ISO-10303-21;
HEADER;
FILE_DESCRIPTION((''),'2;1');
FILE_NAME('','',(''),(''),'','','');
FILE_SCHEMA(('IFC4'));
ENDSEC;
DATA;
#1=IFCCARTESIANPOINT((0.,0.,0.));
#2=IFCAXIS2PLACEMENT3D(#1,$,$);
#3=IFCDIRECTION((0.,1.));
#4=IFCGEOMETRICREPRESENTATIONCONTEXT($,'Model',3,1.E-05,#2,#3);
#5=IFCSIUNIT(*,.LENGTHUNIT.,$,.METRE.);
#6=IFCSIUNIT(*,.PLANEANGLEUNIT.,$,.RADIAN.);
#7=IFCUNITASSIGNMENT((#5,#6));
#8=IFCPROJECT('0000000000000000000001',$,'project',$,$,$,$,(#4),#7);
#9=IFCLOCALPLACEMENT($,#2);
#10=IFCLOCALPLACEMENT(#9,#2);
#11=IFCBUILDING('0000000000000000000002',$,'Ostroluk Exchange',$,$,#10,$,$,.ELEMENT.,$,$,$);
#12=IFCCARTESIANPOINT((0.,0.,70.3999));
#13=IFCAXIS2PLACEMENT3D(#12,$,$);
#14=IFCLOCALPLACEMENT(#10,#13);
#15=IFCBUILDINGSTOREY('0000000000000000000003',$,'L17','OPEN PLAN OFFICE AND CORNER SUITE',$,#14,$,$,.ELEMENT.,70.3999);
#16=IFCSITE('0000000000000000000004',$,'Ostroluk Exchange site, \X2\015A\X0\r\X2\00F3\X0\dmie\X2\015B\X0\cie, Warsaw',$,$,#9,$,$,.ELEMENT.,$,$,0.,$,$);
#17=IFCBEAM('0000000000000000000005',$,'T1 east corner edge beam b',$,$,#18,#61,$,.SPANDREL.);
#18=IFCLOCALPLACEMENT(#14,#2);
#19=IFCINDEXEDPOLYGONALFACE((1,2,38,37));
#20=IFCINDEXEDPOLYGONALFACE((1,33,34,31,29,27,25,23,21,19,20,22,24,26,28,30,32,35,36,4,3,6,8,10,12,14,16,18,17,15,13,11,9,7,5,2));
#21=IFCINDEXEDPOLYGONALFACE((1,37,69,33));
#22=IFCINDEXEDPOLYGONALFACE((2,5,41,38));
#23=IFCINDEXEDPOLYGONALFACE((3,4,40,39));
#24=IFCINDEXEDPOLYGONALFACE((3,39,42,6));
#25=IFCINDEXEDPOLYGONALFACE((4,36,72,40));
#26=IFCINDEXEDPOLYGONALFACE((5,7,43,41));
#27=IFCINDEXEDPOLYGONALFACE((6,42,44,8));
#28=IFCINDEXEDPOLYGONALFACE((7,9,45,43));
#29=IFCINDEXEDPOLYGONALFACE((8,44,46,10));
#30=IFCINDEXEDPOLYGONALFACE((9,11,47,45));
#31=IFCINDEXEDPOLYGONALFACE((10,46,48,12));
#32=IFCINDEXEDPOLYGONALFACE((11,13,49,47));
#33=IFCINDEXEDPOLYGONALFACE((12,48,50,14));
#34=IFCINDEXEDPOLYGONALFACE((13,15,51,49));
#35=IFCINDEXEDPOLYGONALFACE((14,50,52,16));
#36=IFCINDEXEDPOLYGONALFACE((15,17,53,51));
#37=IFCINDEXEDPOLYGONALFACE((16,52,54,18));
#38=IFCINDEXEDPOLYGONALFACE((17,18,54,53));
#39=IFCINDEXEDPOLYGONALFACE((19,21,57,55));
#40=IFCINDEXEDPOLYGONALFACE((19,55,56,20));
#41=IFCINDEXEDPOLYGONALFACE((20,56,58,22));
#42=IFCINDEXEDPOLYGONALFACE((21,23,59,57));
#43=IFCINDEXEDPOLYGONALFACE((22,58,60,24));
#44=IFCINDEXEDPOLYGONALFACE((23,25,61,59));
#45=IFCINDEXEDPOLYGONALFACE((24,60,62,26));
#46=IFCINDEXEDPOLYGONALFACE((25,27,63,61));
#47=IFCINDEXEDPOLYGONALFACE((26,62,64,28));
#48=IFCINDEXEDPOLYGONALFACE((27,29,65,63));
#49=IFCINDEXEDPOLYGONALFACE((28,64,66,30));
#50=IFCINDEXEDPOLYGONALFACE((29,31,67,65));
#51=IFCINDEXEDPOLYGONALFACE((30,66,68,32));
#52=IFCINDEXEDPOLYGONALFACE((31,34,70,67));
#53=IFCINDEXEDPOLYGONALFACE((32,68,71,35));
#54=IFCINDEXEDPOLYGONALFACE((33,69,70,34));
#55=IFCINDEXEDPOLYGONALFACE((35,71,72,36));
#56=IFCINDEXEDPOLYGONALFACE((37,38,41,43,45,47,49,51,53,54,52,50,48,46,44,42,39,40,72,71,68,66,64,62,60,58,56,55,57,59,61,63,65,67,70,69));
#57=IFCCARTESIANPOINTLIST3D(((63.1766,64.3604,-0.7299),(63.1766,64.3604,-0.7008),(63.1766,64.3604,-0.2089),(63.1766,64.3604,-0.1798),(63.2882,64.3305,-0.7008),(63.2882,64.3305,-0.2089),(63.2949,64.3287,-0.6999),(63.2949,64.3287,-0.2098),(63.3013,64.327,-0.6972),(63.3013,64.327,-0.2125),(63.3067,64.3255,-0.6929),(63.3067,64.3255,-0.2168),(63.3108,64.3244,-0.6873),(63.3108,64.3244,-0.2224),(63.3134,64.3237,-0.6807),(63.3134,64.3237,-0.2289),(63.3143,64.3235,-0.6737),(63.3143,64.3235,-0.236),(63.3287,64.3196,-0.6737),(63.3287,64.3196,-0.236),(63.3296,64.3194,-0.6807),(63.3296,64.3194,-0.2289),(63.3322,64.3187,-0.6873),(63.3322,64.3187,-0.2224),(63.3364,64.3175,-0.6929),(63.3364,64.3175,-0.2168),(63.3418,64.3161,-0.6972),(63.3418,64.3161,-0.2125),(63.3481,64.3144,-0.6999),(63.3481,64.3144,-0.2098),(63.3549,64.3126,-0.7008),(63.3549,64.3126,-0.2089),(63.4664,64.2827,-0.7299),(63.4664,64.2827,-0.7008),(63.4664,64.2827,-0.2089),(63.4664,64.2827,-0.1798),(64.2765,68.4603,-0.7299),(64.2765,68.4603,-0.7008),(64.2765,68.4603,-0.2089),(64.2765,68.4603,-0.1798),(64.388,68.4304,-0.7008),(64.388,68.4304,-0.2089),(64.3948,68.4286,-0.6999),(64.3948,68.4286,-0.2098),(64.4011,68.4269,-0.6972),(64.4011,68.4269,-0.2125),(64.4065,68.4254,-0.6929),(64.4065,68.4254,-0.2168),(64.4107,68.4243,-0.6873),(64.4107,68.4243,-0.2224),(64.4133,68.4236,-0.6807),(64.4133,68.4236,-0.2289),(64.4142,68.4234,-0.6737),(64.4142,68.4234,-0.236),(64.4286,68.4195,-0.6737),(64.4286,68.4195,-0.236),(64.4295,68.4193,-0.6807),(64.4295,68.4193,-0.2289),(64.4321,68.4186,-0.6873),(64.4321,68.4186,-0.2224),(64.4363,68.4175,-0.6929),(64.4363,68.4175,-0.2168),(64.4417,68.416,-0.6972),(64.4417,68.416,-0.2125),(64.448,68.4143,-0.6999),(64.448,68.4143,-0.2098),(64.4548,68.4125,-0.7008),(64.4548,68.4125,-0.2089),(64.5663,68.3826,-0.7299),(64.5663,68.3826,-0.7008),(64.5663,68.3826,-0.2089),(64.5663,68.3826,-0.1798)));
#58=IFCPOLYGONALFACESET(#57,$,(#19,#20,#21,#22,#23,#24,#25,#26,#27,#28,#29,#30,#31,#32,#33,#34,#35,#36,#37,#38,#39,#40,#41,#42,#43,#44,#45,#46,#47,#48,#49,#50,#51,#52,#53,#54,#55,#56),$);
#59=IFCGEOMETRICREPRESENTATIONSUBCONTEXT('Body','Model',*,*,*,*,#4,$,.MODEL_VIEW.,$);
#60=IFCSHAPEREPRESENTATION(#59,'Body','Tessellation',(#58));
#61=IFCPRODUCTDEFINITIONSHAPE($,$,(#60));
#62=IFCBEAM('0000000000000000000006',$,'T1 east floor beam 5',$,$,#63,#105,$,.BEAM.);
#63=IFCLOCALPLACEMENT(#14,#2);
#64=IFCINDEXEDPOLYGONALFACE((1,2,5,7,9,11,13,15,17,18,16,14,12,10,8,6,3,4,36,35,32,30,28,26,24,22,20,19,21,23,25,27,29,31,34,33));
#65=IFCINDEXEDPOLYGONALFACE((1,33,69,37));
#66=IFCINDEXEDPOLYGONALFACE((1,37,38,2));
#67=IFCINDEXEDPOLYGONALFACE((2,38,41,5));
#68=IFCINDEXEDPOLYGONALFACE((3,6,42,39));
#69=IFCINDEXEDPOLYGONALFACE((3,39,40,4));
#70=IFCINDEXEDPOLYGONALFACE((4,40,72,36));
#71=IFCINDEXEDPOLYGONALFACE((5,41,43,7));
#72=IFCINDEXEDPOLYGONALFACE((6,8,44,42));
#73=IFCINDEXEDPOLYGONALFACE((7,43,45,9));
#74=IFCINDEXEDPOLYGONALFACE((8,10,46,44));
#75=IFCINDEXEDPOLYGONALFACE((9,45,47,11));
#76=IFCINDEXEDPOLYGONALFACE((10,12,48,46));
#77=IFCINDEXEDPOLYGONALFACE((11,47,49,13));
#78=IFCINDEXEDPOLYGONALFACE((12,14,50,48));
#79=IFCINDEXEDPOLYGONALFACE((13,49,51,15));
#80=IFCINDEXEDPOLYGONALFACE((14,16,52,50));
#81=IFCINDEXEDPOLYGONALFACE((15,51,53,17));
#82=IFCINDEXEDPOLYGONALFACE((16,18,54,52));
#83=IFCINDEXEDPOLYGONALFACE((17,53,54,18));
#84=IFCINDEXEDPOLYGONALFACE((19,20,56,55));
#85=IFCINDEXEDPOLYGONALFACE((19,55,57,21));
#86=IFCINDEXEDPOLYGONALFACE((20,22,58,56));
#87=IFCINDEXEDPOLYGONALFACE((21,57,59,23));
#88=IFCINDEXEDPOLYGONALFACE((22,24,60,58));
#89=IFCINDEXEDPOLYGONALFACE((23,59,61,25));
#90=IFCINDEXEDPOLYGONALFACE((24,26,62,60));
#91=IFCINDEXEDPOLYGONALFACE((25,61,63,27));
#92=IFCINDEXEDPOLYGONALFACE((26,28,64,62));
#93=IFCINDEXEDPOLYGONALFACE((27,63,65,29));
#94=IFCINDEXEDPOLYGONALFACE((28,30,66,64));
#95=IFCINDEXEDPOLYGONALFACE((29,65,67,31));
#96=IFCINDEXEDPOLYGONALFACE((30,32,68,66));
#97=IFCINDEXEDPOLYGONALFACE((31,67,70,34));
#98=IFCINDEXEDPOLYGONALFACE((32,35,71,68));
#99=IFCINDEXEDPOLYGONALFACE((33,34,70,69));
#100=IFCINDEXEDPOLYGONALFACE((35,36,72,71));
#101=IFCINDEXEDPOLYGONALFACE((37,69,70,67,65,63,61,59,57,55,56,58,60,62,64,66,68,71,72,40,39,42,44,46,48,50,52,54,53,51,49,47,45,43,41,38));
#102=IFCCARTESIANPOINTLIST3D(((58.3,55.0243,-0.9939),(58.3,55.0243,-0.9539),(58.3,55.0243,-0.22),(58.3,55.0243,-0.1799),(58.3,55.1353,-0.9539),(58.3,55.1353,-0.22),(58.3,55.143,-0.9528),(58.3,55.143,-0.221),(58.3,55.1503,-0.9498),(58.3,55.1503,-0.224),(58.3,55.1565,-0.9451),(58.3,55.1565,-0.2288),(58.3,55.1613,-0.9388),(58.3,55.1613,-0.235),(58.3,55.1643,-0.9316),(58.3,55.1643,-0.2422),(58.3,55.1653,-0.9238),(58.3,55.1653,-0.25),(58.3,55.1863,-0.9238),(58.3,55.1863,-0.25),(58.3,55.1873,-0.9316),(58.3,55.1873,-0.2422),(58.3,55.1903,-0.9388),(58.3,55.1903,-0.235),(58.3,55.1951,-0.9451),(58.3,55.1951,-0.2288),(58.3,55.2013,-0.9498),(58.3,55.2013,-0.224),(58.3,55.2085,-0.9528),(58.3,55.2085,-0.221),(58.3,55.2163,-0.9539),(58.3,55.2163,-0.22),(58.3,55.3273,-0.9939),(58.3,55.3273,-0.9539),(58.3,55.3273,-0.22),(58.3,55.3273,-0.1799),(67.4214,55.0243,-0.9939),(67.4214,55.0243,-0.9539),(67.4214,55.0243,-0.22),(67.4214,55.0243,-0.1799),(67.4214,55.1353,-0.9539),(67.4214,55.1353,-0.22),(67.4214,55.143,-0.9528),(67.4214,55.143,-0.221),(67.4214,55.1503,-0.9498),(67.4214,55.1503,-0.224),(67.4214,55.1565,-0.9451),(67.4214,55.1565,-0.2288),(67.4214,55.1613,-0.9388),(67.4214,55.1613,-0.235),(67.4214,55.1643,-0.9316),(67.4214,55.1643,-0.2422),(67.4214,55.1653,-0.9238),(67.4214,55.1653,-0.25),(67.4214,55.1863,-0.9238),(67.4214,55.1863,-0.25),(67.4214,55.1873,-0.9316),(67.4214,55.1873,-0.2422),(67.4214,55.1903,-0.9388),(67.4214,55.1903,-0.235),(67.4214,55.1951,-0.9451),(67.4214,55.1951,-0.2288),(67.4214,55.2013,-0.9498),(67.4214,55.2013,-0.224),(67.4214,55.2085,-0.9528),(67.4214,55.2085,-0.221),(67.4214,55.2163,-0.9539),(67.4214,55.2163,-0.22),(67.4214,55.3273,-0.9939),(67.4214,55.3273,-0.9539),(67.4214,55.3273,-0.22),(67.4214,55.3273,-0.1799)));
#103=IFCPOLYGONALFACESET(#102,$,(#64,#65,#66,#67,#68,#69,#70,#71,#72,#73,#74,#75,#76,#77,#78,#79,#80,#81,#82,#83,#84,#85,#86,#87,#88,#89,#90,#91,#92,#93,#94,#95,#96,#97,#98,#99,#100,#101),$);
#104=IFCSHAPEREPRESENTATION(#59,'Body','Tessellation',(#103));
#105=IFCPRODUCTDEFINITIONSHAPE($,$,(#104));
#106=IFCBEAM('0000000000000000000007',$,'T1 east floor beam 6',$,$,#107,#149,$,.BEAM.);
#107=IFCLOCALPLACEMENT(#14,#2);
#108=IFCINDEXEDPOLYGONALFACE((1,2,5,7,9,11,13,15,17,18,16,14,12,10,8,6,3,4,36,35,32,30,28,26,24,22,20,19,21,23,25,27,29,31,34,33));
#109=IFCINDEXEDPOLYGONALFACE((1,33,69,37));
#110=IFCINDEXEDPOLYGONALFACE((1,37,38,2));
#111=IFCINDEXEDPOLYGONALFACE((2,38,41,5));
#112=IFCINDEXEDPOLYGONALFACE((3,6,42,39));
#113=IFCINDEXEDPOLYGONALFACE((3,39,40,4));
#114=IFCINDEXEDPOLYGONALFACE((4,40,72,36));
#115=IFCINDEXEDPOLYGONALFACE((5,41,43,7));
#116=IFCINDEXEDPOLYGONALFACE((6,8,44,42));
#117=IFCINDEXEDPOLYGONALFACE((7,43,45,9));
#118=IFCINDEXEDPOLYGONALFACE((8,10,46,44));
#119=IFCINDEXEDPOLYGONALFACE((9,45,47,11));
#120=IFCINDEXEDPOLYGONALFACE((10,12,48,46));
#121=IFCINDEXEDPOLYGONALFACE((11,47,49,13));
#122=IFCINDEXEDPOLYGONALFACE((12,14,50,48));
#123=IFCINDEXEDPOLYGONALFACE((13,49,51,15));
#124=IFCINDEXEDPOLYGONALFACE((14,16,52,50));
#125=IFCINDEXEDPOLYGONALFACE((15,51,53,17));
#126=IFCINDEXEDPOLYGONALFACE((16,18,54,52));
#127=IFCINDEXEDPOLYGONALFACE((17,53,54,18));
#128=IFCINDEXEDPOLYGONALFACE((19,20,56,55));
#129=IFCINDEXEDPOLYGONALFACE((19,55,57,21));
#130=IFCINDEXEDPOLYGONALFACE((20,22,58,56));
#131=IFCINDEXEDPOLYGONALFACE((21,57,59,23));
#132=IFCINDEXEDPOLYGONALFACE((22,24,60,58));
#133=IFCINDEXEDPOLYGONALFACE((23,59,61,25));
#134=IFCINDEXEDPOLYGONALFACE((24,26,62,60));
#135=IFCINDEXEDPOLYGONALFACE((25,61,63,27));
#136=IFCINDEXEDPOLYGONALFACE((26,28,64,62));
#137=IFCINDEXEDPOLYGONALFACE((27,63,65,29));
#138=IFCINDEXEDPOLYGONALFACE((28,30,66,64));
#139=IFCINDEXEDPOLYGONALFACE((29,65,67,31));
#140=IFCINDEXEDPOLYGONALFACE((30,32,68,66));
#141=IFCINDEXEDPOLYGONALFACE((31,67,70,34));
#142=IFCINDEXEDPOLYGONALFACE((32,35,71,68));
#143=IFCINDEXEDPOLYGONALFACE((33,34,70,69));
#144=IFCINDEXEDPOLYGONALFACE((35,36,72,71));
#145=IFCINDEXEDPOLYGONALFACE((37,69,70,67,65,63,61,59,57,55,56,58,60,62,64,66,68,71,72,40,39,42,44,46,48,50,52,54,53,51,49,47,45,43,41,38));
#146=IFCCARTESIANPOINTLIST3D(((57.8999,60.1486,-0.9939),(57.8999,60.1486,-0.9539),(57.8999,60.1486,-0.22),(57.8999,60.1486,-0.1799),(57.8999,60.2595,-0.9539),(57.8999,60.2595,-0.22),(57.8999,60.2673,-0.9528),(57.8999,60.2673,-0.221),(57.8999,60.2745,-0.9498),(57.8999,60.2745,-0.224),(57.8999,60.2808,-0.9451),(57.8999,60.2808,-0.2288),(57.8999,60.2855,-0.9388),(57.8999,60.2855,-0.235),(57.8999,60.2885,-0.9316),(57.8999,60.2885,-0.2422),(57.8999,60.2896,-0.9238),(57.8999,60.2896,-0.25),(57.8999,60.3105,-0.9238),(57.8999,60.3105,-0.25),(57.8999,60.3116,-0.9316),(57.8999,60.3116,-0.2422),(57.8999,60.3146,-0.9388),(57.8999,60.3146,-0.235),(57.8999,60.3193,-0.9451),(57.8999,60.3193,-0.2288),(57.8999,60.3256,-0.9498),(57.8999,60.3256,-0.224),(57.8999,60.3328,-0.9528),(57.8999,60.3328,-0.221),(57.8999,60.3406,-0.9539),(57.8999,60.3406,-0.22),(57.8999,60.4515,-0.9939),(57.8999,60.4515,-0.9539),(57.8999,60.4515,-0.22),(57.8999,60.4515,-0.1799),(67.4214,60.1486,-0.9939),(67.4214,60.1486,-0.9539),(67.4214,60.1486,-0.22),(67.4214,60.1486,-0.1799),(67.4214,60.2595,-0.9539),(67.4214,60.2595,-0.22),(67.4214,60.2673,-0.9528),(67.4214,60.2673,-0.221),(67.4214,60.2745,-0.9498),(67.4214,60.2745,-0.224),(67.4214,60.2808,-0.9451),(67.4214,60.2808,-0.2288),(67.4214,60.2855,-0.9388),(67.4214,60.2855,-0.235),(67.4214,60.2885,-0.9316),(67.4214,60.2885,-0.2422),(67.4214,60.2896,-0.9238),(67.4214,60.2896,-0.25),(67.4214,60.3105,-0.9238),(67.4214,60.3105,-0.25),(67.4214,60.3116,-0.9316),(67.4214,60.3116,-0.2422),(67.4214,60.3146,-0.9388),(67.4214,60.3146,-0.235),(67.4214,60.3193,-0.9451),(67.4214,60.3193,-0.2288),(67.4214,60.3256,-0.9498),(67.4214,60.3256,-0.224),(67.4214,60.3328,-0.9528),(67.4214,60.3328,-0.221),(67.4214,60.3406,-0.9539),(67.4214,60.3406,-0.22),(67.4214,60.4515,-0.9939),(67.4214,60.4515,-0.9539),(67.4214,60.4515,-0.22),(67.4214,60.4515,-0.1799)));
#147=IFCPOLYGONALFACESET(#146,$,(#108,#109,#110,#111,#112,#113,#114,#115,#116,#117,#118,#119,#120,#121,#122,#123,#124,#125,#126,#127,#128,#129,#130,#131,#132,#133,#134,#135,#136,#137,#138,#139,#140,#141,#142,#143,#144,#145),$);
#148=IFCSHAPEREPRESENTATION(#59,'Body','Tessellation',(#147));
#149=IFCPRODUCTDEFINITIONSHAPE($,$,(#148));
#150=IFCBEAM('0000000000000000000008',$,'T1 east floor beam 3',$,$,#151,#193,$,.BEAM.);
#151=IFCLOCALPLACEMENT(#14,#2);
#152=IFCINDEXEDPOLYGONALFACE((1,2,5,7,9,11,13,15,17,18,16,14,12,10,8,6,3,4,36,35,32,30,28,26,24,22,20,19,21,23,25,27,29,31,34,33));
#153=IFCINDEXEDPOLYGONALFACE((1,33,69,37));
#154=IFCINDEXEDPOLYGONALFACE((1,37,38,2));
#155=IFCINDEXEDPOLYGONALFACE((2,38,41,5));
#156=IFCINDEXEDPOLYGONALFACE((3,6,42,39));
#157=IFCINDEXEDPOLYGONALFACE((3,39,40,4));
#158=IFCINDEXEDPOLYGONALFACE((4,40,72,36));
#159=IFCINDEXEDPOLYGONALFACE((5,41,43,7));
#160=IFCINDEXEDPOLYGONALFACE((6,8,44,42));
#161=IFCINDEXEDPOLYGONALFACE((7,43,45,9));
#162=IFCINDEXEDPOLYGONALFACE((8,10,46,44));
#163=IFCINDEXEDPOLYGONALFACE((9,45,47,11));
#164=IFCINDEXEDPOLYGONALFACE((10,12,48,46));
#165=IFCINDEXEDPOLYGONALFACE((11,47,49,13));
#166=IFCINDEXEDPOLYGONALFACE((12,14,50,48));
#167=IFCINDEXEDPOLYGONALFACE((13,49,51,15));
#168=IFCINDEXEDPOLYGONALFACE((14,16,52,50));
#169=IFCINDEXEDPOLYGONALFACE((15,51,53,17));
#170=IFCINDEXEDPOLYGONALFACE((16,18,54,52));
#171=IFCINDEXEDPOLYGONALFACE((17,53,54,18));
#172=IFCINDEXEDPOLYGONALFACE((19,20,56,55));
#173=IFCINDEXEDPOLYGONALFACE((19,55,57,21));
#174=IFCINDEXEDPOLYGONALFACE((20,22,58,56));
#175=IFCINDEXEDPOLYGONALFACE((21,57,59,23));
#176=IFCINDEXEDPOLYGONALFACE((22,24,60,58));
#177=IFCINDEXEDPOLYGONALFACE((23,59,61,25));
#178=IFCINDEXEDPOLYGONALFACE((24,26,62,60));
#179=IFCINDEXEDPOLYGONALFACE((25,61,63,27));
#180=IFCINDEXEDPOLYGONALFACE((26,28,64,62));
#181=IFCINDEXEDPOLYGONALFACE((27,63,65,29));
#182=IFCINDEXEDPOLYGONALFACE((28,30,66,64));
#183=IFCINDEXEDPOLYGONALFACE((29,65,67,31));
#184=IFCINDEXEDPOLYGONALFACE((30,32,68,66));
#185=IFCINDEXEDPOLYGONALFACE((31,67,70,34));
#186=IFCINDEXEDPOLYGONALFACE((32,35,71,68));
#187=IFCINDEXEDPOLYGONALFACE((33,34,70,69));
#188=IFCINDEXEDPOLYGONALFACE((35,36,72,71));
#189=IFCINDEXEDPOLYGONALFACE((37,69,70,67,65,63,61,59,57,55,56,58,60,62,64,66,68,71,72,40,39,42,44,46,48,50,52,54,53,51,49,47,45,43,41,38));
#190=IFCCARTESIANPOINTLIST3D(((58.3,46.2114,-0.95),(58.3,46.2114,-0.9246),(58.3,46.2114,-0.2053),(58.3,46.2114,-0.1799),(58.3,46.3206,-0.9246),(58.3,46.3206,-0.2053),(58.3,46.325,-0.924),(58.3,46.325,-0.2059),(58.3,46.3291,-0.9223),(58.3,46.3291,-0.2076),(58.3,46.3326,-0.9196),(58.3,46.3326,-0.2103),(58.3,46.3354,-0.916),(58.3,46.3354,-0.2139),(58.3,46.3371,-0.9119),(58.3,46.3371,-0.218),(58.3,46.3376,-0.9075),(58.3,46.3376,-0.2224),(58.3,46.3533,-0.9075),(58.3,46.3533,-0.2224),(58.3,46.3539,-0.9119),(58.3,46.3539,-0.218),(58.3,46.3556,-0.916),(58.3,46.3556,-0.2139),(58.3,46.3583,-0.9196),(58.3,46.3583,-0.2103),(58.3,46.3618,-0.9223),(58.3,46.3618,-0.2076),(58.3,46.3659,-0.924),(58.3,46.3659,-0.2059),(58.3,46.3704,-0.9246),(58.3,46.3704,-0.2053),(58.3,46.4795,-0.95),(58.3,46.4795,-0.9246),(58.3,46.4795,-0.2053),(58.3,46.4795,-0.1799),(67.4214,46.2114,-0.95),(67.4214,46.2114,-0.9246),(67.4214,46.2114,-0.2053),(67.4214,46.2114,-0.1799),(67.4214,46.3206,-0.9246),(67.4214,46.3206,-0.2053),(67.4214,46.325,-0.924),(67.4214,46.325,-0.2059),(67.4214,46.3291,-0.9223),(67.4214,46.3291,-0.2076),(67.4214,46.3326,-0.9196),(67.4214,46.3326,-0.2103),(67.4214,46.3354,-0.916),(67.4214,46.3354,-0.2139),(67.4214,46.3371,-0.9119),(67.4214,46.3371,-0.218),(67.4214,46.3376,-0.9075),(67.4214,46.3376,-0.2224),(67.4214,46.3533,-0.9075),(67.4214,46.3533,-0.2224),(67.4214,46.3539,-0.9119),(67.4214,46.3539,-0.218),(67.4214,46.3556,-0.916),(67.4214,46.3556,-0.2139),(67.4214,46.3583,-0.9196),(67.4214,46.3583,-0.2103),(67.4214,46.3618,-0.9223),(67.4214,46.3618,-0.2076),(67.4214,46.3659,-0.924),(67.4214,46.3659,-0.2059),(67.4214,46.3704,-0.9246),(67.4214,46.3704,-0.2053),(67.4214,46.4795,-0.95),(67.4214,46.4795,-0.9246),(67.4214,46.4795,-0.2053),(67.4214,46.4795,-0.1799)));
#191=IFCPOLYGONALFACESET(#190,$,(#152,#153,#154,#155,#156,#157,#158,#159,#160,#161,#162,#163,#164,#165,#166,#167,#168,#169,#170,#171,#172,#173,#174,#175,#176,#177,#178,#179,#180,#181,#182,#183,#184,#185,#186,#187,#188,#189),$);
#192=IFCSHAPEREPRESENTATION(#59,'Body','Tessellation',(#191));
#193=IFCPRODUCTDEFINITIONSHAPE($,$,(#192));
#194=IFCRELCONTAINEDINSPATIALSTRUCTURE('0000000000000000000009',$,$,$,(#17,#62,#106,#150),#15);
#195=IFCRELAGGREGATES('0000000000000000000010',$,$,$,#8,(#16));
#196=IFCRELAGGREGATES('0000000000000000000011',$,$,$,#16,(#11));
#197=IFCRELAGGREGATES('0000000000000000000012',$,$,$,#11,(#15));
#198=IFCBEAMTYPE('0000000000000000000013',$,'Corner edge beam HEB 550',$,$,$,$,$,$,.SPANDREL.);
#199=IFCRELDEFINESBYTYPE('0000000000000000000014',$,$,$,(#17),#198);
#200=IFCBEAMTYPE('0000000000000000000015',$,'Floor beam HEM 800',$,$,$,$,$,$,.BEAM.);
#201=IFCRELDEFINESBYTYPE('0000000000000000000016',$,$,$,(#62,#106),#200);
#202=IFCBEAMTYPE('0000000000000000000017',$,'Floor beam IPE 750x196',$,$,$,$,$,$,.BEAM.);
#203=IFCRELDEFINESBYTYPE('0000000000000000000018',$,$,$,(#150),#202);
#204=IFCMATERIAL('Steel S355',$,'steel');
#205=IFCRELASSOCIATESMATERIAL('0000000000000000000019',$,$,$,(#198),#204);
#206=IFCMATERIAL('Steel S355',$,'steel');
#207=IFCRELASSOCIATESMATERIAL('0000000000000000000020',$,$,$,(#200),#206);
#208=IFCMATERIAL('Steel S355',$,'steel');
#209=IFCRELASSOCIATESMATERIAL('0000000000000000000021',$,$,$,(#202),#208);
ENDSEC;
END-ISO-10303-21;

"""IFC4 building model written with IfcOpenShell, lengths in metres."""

from ifc_helpers import new_model, si_unit, direction, frame, origin, origin_2d, place, context, subcontext, project, spatial, i_section, extrude, material, material_profile, profile_set, type_object, element, save


model = new_model("IFC4")

# Units and contexts
model_context = context("Model", 3, precision=1e-05, world=origin(), true_north=direction((0.0, 1.0)))
body_context = subcontext(model_context, "Body", "Model", "MODEL_VIEW")
ifc_project = project(units=[si_unit("LENGTHUNIT", "METRE"), si_unit("PLANEANGLEUNIT", "RADIAN")], contexts=[model_context])

# Site, building, storey
site_placement = place(None, origin())
site = spatial("IfcSite", under=ifc_project, at=site_placement, Name="Ostroluk Exchange site, Śródmieście, Warsaw", CompositionType="ELEMENT", RefElevation=0.0)
building_placement = place(site_placement, origin())
building = spatial("IfcBuilding", under=site, at=building_placement, Name="Ostroluk Exchange", CompositionType="ELEMENT")
storey_placement = place(building_placement, frame((0.0, 0.0, 70.3999)))
storey = spatial("IfcBuildingStorey", under=building, at=storey_placement, Name="L17", Description="OPEN PLAN OFFICE AND CORNER SUITE", CompositionType="ELEMENT", Elevation=70.3999)

# Beams
ifc_material_1 = material(Name="Steel S355", Category="steel")
ifc_material_profile_1 = material_profile(ifc_material_1, i_section(OverallWidth=0.3, OverallDepth=0.55, WebThickness=0.0149, FlangeThickness=0.0291, FilletRadius=0.0271, at=origin_2d()), Name="HEB 550")
ifc_profile_set_1 = profile_set([ifc_material_profile_1], Name="Steel S355")
beam_type_1 = type_object("IfcBeamType", Name="Corner edge beam HEB 550", PredefinedType="SPANDREL", material=ifc_profile_set_1)
for number, where, z_axis, x_axis, name in (
    (1, (63.3215, 64.3215, -0.4548), (0.259105, 0.965849, 0.0), (-0.965849, 0.259105, 0.0), "T1 east corner edge beam b"),
):
    element("IfcBeam", number, at=place(storey_placement, frame(where, z_axis=z_axis, x_axis=x_axis)), inside=storey, type_object=beam_type_1, Name=name, PredefinedType="SPANDREL", context=body_context, shape_type="SweptSolid", body=[
        extrude(i_section(OverallWidth=0.3, OverallDepth=0.55, WebThickness=0.0149, FlangeThickness=0.0291, FilletRadius=0.0271, at=origin_2d()), origin(), (0.0, 0.0, 1.0), 4.2449),
    ])
ifc_material_2 = material(Name="Steel S355", Category="steel")
ifc_material_profile_2 = material_profile(ifc_material_2, i_section(OverallWidth=0.303, OverallDepth=0.814, WebThickness=0.021, FlangeThickness=0.04, FilletRadius=0.03, at=origin_2d()), Name="HEM 800")
ifc_profile_set_2 = profile_set([ifc_material_profile_2], Name="Steel S355")
beam_type_2 = type_object("IfcBeamType", Name="Floor beam HEM 800", PredefinedType="BEAM", material=ifc_profile_set_2)
beam_1_placement = place(storey_placement, frame((58.3, 55.1758, -0.5869), z_axis=(1.0, 0.0, 0.0), x_axis=(0.0, 1.0, 0.0)))
element("IfcBeam", 2, at=beam_1_placement, inside=storey, type_object=beam_type_2, Name="T1 east floor beam 5", PredefinedType="BEAM", context=body_context, shape_type="SweptSolid", body=[
    extrude(i_section(OverallWidth=0.303, OverallDepth=0.814, WebThickness=0.021, FlangeThickness=0.04, FilletRadius=0.03, at=origin_2d()), origin(), (0.0, 0.0, 1.0), 9.1213),
])
beam_2_placement = place(storey_placement, frame((57.8999, 60.3, -0.5869), z_axis=(1.0, 0.0, 0.0), x_axis=(0.0, 1.0, 0.0)))
element("IfcBeam", 3, at=beam_2_placement, inside=storey, type_object=beam_type_2, Name="T1 east floor beam 6", PredefinedType="BEAM", context=body_context, shape_type="SweptSolid", body=[
    extrude(i_section(OverallWidth=0.303, OverallDepth=0.814, WebThickness=0.021, FlangeThickness=0.04, FilletRadius=0.03, at=origin_2d()), origin(), (0.0, 0.0, 1.0), 9.5215),
])
ifc_material_3 = material(Name="Steel S355", Category="steel")
ifc_material_profile_3 = material_profile(ifc_material_3, i_section(OverallWidth=0.2681, OverallDepth=0.77, WebThickness=0.0156, FlangeThickness=0.0254, FilletRadius=0.0171, at=origin_2d()), Name="IPE 750x196")
ifc_profile_set_3 = profile_set([ifc_material_profile_3], Name="Steel S355")
beam_type_3 = type_object("IfcBeamType", Name="Floor beam IPE 750x196", PredefinedType="BEAM", material=ifc_profile_set_3)
for number, where, z_axis, x_axis, name in (
    (4, (58.3, 46.3455, -0.5649), (1.0, 0.0, 0.0), (0.0, 1.0, 0.0), "T1 east floor beam 3"),
):
    element("IfcBeam", number, at=place(storey_placement, frame(where, z_axis=z_axis, x_axis=x_axis)), inside=storey, type_object=beam_type_3, Name=name, PredefinedType="BEAM", context=body_context, shape_type="SweptSolid", body=[
        extrude(i_section(OverallWidth=0.2681, OverallDepth=0.77, WebThickness=0.0156, FlangeThickness=0.0254, FilletRadius=0.0171, at=origin_2d()), origin(), (0.0, 0.0, 1.0), 9.1213),
    ])

save(model, "model.ifc")
